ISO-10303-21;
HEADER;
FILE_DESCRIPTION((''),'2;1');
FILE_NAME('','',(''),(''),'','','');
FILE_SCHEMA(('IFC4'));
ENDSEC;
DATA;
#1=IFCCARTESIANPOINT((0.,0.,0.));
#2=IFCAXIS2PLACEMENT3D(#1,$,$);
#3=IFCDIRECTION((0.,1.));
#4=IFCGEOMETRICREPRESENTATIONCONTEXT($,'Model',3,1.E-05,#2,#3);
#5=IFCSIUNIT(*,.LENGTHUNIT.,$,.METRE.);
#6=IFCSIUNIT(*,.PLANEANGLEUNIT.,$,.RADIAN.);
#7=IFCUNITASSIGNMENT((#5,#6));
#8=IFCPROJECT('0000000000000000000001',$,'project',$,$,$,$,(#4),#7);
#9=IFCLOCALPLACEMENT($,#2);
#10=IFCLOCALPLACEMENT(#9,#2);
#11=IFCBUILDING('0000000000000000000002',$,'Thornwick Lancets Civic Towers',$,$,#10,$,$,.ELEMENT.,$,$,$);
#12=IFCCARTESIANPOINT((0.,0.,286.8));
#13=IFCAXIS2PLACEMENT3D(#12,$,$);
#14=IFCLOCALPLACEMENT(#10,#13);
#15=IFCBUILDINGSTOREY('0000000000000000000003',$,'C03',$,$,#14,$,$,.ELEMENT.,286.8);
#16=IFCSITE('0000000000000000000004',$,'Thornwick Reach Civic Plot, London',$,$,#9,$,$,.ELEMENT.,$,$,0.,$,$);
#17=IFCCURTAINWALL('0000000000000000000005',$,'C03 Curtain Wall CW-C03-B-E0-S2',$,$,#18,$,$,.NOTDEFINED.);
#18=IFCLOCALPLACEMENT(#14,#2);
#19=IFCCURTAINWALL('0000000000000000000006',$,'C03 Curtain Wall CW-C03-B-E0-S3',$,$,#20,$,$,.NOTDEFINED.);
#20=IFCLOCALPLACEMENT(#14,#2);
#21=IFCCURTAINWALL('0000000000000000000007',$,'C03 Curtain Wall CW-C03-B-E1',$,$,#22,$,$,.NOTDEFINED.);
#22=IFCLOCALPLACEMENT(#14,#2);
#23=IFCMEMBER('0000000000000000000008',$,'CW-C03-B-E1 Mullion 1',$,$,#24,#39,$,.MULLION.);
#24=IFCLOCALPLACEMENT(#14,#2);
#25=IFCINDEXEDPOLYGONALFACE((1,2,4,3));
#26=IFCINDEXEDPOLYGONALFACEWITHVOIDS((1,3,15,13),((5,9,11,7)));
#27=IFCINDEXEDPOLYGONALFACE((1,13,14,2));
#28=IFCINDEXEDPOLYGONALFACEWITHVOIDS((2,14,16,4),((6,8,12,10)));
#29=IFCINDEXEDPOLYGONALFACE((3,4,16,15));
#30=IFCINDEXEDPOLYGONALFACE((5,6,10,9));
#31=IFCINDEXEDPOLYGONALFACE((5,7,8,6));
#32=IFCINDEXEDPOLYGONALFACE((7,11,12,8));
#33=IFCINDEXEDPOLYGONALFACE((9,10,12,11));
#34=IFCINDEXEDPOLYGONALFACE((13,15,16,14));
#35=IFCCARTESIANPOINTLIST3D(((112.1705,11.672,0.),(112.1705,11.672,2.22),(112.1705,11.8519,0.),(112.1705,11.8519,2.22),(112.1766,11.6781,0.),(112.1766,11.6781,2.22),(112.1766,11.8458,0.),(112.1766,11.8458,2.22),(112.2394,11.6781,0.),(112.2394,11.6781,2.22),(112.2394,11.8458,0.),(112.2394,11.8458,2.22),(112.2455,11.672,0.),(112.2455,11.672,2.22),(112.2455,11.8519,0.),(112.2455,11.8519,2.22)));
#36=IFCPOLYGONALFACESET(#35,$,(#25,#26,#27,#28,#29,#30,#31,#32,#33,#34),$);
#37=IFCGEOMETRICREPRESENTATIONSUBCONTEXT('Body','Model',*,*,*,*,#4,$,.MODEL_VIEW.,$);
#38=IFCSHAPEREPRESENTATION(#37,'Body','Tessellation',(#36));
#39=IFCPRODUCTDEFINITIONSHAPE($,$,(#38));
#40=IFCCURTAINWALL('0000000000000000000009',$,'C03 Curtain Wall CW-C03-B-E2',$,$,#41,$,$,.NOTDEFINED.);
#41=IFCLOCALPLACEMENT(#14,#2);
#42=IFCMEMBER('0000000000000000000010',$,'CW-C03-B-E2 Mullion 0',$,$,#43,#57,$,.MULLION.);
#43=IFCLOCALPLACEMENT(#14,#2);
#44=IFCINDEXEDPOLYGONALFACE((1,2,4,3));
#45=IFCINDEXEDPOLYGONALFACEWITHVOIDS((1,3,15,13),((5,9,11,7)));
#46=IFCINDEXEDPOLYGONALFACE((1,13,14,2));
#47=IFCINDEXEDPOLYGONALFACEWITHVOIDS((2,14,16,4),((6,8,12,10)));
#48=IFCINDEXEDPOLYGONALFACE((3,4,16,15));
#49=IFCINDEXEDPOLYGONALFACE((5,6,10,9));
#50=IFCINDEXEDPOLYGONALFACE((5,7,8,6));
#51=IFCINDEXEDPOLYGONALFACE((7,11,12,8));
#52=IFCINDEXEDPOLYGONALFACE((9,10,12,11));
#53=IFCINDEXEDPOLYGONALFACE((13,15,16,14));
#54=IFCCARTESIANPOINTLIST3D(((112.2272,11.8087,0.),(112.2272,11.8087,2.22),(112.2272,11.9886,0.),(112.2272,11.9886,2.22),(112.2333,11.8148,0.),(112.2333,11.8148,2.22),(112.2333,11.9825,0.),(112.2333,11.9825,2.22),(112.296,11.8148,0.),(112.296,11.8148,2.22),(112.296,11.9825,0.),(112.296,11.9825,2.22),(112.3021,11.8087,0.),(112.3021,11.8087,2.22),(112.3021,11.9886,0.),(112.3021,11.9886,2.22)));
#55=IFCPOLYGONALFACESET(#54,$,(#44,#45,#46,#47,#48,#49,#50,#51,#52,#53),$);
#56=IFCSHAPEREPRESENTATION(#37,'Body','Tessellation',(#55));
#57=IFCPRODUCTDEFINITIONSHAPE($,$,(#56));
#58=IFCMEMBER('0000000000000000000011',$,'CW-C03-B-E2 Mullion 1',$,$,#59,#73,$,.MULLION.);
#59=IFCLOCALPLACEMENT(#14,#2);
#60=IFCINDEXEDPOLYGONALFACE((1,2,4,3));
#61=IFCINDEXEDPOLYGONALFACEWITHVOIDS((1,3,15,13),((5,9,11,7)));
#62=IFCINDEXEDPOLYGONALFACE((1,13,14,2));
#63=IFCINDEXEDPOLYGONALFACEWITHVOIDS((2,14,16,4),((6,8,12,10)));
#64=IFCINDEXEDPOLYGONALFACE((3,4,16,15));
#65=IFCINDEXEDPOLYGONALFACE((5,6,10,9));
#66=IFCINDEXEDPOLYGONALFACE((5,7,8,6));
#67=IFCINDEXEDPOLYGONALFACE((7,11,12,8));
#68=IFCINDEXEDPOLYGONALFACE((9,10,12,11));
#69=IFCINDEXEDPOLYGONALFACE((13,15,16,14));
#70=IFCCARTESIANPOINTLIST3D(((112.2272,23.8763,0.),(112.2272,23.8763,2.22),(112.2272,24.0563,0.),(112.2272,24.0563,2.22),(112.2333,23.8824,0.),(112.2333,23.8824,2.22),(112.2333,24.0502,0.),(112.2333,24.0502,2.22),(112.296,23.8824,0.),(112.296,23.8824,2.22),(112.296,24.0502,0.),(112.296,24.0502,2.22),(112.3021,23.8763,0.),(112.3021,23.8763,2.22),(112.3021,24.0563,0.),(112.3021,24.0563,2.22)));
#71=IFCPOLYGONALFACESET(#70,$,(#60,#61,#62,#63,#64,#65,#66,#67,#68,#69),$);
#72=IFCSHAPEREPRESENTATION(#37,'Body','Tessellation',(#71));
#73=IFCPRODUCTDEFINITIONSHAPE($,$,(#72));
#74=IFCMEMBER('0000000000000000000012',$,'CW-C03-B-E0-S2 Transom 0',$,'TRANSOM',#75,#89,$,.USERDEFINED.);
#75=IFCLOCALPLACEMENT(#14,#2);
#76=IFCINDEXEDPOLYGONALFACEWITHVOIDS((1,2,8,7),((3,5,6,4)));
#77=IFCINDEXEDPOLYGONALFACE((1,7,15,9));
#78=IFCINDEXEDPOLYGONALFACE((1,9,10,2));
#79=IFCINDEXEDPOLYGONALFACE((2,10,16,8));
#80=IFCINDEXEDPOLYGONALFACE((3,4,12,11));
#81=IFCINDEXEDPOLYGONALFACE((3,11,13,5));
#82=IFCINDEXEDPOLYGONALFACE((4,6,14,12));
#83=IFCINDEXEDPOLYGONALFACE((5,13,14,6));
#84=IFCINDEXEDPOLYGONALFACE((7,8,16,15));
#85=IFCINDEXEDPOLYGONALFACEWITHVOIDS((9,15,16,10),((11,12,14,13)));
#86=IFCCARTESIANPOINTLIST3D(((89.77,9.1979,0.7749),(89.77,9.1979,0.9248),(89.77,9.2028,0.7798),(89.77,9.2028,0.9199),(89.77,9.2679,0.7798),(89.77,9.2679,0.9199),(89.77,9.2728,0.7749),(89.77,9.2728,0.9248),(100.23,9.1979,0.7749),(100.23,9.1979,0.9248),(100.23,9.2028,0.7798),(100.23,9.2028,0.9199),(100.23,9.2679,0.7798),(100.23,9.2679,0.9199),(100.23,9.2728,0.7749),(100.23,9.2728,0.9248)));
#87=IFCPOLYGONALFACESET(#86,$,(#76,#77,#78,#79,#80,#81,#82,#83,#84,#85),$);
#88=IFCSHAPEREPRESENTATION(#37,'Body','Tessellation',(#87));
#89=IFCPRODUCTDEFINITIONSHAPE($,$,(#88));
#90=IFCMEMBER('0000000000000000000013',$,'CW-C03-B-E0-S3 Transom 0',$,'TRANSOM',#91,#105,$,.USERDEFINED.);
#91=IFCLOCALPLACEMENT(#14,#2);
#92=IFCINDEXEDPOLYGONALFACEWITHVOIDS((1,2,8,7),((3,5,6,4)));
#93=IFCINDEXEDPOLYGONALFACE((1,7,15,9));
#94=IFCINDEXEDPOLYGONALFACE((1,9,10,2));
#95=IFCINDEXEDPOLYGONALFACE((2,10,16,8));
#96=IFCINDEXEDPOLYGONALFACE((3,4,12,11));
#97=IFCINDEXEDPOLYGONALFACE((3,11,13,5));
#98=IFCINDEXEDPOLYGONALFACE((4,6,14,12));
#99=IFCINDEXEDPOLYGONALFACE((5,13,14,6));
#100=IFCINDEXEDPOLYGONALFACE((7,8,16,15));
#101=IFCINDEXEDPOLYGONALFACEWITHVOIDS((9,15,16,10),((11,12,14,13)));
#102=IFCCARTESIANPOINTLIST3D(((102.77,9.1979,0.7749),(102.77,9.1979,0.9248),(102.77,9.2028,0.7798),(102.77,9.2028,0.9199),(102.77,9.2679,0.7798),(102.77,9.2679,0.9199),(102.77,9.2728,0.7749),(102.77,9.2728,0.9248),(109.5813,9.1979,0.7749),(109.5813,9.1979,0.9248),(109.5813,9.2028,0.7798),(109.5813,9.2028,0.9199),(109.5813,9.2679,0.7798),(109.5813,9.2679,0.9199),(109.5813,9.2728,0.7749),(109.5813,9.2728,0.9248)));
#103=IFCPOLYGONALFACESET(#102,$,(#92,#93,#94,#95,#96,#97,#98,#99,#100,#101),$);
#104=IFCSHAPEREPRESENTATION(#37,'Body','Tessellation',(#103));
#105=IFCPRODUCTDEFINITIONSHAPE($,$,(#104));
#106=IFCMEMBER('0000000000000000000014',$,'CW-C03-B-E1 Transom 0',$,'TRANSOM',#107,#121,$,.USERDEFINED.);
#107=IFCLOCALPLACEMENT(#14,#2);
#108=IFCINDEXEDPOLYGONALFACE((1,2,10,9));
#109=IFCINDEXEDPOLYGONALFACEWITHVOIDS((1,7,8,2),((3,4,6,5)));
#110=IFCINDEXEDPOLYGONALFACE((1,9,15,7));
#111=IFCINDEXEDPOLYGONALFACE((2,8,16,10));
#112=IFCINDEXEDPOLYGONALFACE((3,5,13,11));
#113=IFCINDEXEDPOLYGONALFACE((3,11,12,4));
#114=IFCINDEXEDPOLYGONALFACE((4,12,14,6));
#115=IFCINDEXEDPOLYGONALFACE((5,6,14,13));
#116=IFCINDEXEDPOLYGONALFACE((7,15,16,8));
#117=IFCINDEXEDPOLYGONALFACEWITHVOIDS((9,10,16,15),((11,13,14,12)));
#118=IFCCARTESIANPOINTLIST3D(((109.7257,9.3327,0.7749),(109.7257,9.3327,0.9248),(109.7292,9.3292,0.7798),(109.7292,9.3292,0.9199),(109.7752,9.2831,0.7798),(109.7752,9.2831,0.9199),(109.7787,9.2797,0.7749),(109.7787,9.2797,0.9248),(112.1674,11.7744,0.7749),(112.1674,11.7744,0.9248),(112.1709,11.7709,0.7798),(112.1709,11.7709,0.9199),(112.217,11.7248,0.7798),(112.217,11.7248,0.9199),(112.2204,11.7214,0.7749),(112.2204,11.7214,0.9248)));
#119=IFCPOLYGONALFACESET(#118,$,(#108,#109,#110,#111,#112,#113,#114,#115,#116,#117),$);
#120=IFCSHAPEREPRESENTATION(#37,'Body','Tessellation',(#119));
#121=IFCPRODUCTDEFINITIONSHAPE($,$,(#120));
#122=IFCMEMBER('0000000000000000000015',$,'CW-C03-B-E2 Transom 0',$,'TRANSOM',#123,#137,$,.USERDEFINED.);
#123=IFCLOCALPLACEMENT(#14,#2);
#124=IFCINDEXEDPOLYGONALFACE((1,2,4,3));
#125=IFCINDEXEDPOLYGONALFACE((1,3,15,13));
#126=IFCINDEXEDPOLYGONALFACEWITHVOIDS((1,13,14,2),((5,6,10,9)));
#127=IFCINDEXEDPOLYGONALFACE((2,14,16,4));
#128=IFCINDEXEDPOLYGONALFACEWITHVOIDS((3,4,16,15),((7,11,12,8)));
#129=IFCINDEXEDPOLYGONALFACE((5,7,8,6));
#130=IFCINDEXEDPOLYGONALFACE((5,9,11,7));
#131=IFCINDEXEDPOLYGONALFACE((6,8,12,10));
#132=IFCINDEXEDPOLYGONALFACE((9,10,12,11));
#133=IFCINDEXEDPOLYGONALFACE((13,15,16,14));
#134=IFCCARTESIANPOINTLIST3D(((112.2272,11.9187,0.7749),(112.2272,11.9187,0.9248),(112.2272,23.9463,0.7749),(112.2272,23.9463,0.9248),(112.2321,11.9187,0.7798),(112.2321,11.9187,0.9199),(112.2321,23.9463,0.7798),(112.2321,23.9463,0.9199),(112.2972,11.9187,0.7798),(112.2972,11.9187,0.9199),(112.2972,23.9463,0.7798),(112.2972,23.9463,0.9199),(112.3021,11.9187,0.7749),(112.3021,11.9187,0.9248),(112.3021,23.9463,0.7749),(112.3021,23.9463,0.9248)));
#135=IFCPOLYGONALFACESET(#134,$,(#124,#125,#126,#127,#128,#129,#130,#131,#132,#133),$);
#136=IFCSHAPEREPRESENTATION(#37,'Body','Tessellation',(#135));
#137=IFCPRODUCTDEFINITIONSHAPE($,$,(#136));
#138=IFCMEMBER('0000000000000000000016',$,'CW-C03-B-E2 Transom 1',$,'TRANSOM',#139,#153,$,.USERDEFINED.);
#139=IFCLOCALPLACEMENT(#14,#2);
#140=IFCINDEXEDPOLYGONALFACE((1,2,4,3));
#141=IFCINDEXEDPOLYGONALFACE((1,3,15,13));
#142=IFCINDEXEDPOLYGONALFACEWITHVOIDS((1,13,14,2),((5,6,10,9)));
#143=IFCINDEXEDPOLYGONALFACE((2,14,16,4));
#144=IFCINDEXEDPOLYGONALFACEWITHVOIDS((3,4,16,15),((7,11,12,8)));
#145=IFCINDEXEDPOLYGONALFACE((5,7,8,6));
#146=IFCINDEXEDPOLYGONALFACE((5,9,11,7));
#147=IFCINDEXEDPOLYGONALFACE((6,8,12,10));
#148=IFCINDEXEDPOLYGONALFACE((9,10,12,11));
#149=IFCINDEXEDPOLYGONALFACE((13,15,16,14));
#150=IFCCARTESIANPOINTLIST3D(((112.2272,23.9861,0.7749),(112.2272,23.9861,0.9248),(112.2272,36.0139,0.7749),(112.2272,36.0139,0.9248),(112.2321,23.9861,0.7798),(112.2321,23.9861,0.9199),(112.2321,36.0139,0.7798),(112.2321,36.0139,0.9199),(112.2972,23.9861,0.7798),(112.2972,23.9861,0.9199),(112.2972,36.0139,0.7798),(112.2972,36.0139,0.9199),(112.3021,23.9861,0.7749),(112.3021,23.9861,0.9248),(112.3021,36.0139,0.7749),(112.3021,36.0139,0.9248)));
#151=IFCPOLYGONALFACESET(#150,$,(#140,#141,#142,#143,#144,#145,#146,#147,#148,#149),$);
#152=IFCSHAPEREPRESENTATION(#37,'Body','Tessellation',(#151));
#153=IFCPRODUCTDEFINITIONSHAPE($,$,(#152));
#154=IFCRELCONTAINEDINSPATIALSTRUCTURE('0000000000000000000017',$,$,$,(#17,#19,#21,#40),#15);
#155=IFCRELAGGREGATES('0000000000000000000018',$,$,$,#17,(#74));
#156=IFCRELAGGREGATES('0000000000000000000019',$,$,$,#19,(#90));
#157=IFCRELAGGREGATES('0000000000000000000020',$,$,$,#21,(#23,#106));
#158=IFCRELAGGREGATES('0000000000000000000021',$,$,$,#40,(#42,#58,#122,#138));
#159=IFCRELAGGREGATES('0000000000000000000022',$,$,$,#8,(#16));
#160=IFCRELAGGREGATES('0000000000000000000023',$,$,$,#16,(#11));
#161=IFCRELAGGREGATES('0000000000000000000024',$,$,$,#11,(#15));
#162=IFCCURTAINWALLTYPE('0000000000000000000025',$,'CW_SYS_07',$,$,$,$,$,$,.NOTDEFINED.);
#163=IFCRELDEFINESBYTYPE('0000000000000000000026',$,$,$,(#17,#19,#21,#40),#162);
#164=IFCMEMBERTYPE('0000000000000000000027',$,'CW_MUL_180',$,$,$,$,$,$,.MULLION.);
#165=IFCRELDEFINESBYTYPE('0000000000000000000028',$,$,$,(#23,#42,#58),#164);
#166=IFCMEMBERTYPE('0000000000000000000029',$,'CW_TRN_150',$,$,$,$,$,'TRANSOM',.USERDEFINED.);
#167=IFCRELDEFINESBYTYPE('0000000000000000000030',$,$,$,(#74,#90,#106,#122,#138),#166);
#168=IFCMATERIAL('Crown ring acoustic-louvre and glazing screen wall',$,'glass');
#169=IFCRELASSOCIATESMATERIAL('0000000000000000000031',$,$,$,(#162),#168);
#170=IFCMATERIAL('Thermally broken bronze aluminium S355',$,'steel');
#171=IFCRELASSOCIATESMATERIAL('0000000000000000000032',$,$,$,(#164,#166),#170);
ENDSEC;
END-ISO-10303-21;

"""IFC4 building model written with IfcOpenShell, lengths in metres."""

from ifc_helpers import new_model, si_unit, direction, frame, origin, origin_2d, place, context, subcontext, project, spatial, hollow_rectangle, extrude, material, material_profile, profile_set, type_object, element, aggregate, save


model = new_model("IFC4")

# Units and contexts
model_context = context("Model", 3, precision=1e-05, world=origin(), true_north=direction((0.0, 1.0)))
body_context = subcontext(model_context, "Body", "Model", "MODEL_VIEW")
ifc_project = project(units=[si_unit("LENGTHUNIT", "METRE"), si_unit("PLANEANGLEUNIT", "RADIAN")], contexts=[model_context])

# Site, building, storey
site_placement = place(None, origin())
site = spatial("IfcSite", under=ifc_project, at=site_placement, Name="Thornwick Reach Civic Plot, London", CompositionType="ELEMENT", RefElevation=0.0)
building_placement = place(site_placement, origin())
building = spatial("IfcBuilding", under=site, at=building_placement, Name="Thornwick Lancets Civic Towers", CompositionType="ELEMENT")
storey_placement = place(building_placement, frame((0.0, 0.0, 286.8)))
storey = spatial("IfcBuildingStorey", under=building, at=storey_placement, Name="C03", CompositionType="ELEMENT", Elevation=286.8)

# Curtain walls, members
ifc_material_1 = material(Name="Crown ring acoustic-louvre and glazing screen wall", Category="glass")
curtain_wall_type = type_object("IfcCurtainWallType", Name="CW_SYS_07", PredefinedType="NOTDEFINED", material=ifc_material_1)
curtain_wall_1_placement = place(storey_placement, origin())
curtain_wall_1 = element("IfcCurtainWall", 1, at=curtain_wall_1_placement, inside=storey, type_object=curtain_wall_type, Name="C03 Curtain Wall CW-C03-B-E0-S2", PredefinedType="NOTDEFINED")
ifc_material_2 = material(Name="Thermally broken bronze aluminium S355", Category="steel")
ifc_material_profile_1 = material_profile(ifc_material_2, hollow_rectangle(XDim=0.075, YDim=0.1799, WallThickness=0.0061, at=origin_2d()), Name="RHS 180x75x6")
ifc_profile_set_1 = profile_set([ifc_material_profile_1], Name="Thermally broken bronze aluminium S355")
member_type_1 = type_object("IfcMemberType", Name="CW_MUL_180", PredefinedType="MULLION", material=ifc_profile_set_1)
curtain_wall_2_placement = place(storey_placement, origin())
curtain_wall_2 = element("IfcCurtainWall", 2, at=curtain_wall_2_placement, inside=storey, type_object=curtain_wall_type, Name="C03 Curtain Wall CW-C03-B-E0-S3", PredefinedType="NOTDEFINED")
curtain_wall_3_placement = place(storey_placement, origin())
curtain_wall_3 = element("IfcCurtainWall", 3, at=curtain_wall_3_placement, inside=storey, type_object=curtain_wall_type, Name="C03 Curtain Wall CW-C03-B-E1", PredefinedType="NOTDEFINED")
member_1_placement = place(storey_placement, frame((112.208, 11.762, 0.0), z_axis=(0.0, 0.0, 1.0), x_axis=(1.0, 0.0, 0.0)))
member_1 = element("IfcMember", 4, at=member_1_placement, type_object=member_type_1, Name="CW-C03-B-E1 Mullion 1", PredefinedType="MULLION", context=body_context, shape_type="SweptSolid", body=[
    extrude(hollow_rectangle(XDim=0.075, YDim=0.1799, WallThickness=0.0061, at=origin_2d()), origin(), (0.0, 0.0, 1.0), 2.22),
])
curtain_wall_4_placement = place(storey_placement, origin())
curtain_wall_4 = element("IfcCurtainWall", 5, at=curtain_wall_4_placement, inside=storey, type_object=curtain_wall_type, Name="C03 Curtain Wall CW-C03-B-E2", PredefinedType="NOTDEFINED")
member_2_placement = place(storey_placement, frame((112.2646, 11.8987, 0.0), z_axis=(0.0, 0.0, 1.0), x_axis=(1.0, 0.0, 0.0)))
member_2 = element("IfcMember", 6, at=member_2_placement, type_object=member_type_1, Name="CW-C03-B-E2 Mullion 0", PredefinedType="MULLION", context=body_context, shape_type="SweptSolid", body=[
    extrude(hollow_rectangle(XDim=0.075, YDim=0.1799, WallThickness=0.0061, at=origin_2d()), origin(), (0.0, 0.0, 1.0), 2.22),
])
member_3_placement = place(storey_placement, frame((112.2646, 23.9663, 0.0), z_axis=(0.0, 0.0, 1.0), x_axis=(1.0, 0.0, 0.0)))
member_3 = element("IfcMember", 7, at=member_3_placement, type_object=member_type_1, Name="CW-C03-B-E2 Mullion 1", PredefinedType="MULLION", context=body_context, shape_type="SweptSolid", body=[
    extrude(hollow_rectangle(XDim=0.075, YDim=0.1799, WallThickness=0.0061, at=origin_2d()), origin(), (0.0, 0.0, 1.0), 2.22),
])

# Members
ifc_material_profile_2 = material_profile(ifc_material_2, hollow_rectangle(XDim=0.075, YDim=0.1499, WallThickness=0.0049, at=origin_2d()), Name="RHS 150x75x5")
ifc_profile_set_2 = profile_set([ifc_material_profile_2], Name="Thermally broken bronze aluminium S355")
member_type_2 = type_object("IfcMemberType", Name="CW_TRN_150", ElementType="TRANSOM", PredefinedType="USERDEFINED", material=ifc_profile_set_2)
member_4_placement = place(storey_placement, frame((89.77, 9.2354, 0.8499), z_axis=(1.0, 0.0, 0.0), x_axis=(0.0, 1.0, 0.0)))
member_4 = element("IfcMember", 8, at=member_4_placement, type_object=member_type_2, Name="CW-C03-B-E0-S2 Transom 0", ObjectType="TRANSOM", PredefinedType="USERDEFINED", context=body_context, shape_type="SweptSolid", body=[
    extrude(hollow_rectangle(XDim=0.075, YDim=0.1499, WallThickness=0.0049, at=origin_2d()), origin(), (0.0, 0.0, 1.0), 10.46),
])
member_5_placement = place(storey_placement, frame((102.77, 9.2354, 0.8499), z_axis=(1.0, 0.0, 0.0), x_axis=(0.0, 1.0, 0.0)))
member_5 = element("IfcMember", 9, at=member_5_placement, type_object=member_type_2, Name="CW-C03-B-E0-S3 Transom 0", ObjectType="TRANSOM", PredefinedType="USERDEFINED", context=body_context, shape_type="SweptSolid", body=[
    extrude(hollow_rectangle(XDim=0.075, YDim=0.1499, WallThickness=0.0049, at=origin_2d()), origin(), (0.0, 0.0, 1.0), 6.8113),
])
member_6_placement = place(storey_placement, frame((109.7522, 9.3062, 0.8499), z_axis=(0.707107, 0.707107, 0.0), x_axis=(-0.707107, 0.707107, 0.0)))
member_6 = element("IfcMember", 10, at=member_6_placement, type_object=member_type_2, Name="CW-C03-B-E1 Transom 0", ObjectType="TRANSOM", PredefinedType="USERDEFINED", context=body_context, shape_type="SweptSolid", body=[
    extrude(hollow_rectangle(XDim=0.075, YDim=0.1499, WallThickness=0.0049, at=origin_2d()), origin(), (0.0, 0.0, 1.0), 3.4531),
])
member_7_placement = place(storey_placement, frame((112.2646, 11.9187, 0.8499), z_axis=(0.0, 1.0, 0.0), x_axis=(-1.0, 0.0, 0.0)))
member_7 = element("IfcMember", 11, at=member_7_placement, type_object=member_type_2, Name="CW-C03-B-E2 Transom 0", ObjectType="TRANSOM", PredefinedType="USERDEFINED", context=body_context, shape_type="SweptSolid", body=[
    extrude(hollow_rectangle(XDim=0.075, YDim=0.1499, WallThickness=0.0049, at=origin_2d()), origin(), (0.0, 0.0, 1.0), 12.0276),
])
member_8_placement = place(storey_placement, frame((112.2646, 23.9861, 0.8499), z_axis=(0.0, 1.0, 0.0), x_axis=(-1.0, 0.0, 0.0)))
member_8 = element("IfcMember", 12, at=member_8_placement, type_object=member_type_2, Name="CW-C03-B-E2 Transom 1", ObjectType="TRANSOM", PredefinedType="USERDEFINED", context=body_context, shape_type="SweptSolid", body=[
    extrude(hollow_rectangle(XDim=0.075, YDim=0.1499, WallThickness=0.0049, at=origin_2d()), origin(), (0.0, 0.0, 1.0), 12.0278),
])

aggregate(curtain_wall_1, [member_4])
aggregate(curtain_wall_2, [member_5])
aggregate(curtain_wall_3, [member_1, member_6])
aggregate(curtain_wall_4, [member_2, member_3, member_7, member_8])

save(model, "model.ifc")
